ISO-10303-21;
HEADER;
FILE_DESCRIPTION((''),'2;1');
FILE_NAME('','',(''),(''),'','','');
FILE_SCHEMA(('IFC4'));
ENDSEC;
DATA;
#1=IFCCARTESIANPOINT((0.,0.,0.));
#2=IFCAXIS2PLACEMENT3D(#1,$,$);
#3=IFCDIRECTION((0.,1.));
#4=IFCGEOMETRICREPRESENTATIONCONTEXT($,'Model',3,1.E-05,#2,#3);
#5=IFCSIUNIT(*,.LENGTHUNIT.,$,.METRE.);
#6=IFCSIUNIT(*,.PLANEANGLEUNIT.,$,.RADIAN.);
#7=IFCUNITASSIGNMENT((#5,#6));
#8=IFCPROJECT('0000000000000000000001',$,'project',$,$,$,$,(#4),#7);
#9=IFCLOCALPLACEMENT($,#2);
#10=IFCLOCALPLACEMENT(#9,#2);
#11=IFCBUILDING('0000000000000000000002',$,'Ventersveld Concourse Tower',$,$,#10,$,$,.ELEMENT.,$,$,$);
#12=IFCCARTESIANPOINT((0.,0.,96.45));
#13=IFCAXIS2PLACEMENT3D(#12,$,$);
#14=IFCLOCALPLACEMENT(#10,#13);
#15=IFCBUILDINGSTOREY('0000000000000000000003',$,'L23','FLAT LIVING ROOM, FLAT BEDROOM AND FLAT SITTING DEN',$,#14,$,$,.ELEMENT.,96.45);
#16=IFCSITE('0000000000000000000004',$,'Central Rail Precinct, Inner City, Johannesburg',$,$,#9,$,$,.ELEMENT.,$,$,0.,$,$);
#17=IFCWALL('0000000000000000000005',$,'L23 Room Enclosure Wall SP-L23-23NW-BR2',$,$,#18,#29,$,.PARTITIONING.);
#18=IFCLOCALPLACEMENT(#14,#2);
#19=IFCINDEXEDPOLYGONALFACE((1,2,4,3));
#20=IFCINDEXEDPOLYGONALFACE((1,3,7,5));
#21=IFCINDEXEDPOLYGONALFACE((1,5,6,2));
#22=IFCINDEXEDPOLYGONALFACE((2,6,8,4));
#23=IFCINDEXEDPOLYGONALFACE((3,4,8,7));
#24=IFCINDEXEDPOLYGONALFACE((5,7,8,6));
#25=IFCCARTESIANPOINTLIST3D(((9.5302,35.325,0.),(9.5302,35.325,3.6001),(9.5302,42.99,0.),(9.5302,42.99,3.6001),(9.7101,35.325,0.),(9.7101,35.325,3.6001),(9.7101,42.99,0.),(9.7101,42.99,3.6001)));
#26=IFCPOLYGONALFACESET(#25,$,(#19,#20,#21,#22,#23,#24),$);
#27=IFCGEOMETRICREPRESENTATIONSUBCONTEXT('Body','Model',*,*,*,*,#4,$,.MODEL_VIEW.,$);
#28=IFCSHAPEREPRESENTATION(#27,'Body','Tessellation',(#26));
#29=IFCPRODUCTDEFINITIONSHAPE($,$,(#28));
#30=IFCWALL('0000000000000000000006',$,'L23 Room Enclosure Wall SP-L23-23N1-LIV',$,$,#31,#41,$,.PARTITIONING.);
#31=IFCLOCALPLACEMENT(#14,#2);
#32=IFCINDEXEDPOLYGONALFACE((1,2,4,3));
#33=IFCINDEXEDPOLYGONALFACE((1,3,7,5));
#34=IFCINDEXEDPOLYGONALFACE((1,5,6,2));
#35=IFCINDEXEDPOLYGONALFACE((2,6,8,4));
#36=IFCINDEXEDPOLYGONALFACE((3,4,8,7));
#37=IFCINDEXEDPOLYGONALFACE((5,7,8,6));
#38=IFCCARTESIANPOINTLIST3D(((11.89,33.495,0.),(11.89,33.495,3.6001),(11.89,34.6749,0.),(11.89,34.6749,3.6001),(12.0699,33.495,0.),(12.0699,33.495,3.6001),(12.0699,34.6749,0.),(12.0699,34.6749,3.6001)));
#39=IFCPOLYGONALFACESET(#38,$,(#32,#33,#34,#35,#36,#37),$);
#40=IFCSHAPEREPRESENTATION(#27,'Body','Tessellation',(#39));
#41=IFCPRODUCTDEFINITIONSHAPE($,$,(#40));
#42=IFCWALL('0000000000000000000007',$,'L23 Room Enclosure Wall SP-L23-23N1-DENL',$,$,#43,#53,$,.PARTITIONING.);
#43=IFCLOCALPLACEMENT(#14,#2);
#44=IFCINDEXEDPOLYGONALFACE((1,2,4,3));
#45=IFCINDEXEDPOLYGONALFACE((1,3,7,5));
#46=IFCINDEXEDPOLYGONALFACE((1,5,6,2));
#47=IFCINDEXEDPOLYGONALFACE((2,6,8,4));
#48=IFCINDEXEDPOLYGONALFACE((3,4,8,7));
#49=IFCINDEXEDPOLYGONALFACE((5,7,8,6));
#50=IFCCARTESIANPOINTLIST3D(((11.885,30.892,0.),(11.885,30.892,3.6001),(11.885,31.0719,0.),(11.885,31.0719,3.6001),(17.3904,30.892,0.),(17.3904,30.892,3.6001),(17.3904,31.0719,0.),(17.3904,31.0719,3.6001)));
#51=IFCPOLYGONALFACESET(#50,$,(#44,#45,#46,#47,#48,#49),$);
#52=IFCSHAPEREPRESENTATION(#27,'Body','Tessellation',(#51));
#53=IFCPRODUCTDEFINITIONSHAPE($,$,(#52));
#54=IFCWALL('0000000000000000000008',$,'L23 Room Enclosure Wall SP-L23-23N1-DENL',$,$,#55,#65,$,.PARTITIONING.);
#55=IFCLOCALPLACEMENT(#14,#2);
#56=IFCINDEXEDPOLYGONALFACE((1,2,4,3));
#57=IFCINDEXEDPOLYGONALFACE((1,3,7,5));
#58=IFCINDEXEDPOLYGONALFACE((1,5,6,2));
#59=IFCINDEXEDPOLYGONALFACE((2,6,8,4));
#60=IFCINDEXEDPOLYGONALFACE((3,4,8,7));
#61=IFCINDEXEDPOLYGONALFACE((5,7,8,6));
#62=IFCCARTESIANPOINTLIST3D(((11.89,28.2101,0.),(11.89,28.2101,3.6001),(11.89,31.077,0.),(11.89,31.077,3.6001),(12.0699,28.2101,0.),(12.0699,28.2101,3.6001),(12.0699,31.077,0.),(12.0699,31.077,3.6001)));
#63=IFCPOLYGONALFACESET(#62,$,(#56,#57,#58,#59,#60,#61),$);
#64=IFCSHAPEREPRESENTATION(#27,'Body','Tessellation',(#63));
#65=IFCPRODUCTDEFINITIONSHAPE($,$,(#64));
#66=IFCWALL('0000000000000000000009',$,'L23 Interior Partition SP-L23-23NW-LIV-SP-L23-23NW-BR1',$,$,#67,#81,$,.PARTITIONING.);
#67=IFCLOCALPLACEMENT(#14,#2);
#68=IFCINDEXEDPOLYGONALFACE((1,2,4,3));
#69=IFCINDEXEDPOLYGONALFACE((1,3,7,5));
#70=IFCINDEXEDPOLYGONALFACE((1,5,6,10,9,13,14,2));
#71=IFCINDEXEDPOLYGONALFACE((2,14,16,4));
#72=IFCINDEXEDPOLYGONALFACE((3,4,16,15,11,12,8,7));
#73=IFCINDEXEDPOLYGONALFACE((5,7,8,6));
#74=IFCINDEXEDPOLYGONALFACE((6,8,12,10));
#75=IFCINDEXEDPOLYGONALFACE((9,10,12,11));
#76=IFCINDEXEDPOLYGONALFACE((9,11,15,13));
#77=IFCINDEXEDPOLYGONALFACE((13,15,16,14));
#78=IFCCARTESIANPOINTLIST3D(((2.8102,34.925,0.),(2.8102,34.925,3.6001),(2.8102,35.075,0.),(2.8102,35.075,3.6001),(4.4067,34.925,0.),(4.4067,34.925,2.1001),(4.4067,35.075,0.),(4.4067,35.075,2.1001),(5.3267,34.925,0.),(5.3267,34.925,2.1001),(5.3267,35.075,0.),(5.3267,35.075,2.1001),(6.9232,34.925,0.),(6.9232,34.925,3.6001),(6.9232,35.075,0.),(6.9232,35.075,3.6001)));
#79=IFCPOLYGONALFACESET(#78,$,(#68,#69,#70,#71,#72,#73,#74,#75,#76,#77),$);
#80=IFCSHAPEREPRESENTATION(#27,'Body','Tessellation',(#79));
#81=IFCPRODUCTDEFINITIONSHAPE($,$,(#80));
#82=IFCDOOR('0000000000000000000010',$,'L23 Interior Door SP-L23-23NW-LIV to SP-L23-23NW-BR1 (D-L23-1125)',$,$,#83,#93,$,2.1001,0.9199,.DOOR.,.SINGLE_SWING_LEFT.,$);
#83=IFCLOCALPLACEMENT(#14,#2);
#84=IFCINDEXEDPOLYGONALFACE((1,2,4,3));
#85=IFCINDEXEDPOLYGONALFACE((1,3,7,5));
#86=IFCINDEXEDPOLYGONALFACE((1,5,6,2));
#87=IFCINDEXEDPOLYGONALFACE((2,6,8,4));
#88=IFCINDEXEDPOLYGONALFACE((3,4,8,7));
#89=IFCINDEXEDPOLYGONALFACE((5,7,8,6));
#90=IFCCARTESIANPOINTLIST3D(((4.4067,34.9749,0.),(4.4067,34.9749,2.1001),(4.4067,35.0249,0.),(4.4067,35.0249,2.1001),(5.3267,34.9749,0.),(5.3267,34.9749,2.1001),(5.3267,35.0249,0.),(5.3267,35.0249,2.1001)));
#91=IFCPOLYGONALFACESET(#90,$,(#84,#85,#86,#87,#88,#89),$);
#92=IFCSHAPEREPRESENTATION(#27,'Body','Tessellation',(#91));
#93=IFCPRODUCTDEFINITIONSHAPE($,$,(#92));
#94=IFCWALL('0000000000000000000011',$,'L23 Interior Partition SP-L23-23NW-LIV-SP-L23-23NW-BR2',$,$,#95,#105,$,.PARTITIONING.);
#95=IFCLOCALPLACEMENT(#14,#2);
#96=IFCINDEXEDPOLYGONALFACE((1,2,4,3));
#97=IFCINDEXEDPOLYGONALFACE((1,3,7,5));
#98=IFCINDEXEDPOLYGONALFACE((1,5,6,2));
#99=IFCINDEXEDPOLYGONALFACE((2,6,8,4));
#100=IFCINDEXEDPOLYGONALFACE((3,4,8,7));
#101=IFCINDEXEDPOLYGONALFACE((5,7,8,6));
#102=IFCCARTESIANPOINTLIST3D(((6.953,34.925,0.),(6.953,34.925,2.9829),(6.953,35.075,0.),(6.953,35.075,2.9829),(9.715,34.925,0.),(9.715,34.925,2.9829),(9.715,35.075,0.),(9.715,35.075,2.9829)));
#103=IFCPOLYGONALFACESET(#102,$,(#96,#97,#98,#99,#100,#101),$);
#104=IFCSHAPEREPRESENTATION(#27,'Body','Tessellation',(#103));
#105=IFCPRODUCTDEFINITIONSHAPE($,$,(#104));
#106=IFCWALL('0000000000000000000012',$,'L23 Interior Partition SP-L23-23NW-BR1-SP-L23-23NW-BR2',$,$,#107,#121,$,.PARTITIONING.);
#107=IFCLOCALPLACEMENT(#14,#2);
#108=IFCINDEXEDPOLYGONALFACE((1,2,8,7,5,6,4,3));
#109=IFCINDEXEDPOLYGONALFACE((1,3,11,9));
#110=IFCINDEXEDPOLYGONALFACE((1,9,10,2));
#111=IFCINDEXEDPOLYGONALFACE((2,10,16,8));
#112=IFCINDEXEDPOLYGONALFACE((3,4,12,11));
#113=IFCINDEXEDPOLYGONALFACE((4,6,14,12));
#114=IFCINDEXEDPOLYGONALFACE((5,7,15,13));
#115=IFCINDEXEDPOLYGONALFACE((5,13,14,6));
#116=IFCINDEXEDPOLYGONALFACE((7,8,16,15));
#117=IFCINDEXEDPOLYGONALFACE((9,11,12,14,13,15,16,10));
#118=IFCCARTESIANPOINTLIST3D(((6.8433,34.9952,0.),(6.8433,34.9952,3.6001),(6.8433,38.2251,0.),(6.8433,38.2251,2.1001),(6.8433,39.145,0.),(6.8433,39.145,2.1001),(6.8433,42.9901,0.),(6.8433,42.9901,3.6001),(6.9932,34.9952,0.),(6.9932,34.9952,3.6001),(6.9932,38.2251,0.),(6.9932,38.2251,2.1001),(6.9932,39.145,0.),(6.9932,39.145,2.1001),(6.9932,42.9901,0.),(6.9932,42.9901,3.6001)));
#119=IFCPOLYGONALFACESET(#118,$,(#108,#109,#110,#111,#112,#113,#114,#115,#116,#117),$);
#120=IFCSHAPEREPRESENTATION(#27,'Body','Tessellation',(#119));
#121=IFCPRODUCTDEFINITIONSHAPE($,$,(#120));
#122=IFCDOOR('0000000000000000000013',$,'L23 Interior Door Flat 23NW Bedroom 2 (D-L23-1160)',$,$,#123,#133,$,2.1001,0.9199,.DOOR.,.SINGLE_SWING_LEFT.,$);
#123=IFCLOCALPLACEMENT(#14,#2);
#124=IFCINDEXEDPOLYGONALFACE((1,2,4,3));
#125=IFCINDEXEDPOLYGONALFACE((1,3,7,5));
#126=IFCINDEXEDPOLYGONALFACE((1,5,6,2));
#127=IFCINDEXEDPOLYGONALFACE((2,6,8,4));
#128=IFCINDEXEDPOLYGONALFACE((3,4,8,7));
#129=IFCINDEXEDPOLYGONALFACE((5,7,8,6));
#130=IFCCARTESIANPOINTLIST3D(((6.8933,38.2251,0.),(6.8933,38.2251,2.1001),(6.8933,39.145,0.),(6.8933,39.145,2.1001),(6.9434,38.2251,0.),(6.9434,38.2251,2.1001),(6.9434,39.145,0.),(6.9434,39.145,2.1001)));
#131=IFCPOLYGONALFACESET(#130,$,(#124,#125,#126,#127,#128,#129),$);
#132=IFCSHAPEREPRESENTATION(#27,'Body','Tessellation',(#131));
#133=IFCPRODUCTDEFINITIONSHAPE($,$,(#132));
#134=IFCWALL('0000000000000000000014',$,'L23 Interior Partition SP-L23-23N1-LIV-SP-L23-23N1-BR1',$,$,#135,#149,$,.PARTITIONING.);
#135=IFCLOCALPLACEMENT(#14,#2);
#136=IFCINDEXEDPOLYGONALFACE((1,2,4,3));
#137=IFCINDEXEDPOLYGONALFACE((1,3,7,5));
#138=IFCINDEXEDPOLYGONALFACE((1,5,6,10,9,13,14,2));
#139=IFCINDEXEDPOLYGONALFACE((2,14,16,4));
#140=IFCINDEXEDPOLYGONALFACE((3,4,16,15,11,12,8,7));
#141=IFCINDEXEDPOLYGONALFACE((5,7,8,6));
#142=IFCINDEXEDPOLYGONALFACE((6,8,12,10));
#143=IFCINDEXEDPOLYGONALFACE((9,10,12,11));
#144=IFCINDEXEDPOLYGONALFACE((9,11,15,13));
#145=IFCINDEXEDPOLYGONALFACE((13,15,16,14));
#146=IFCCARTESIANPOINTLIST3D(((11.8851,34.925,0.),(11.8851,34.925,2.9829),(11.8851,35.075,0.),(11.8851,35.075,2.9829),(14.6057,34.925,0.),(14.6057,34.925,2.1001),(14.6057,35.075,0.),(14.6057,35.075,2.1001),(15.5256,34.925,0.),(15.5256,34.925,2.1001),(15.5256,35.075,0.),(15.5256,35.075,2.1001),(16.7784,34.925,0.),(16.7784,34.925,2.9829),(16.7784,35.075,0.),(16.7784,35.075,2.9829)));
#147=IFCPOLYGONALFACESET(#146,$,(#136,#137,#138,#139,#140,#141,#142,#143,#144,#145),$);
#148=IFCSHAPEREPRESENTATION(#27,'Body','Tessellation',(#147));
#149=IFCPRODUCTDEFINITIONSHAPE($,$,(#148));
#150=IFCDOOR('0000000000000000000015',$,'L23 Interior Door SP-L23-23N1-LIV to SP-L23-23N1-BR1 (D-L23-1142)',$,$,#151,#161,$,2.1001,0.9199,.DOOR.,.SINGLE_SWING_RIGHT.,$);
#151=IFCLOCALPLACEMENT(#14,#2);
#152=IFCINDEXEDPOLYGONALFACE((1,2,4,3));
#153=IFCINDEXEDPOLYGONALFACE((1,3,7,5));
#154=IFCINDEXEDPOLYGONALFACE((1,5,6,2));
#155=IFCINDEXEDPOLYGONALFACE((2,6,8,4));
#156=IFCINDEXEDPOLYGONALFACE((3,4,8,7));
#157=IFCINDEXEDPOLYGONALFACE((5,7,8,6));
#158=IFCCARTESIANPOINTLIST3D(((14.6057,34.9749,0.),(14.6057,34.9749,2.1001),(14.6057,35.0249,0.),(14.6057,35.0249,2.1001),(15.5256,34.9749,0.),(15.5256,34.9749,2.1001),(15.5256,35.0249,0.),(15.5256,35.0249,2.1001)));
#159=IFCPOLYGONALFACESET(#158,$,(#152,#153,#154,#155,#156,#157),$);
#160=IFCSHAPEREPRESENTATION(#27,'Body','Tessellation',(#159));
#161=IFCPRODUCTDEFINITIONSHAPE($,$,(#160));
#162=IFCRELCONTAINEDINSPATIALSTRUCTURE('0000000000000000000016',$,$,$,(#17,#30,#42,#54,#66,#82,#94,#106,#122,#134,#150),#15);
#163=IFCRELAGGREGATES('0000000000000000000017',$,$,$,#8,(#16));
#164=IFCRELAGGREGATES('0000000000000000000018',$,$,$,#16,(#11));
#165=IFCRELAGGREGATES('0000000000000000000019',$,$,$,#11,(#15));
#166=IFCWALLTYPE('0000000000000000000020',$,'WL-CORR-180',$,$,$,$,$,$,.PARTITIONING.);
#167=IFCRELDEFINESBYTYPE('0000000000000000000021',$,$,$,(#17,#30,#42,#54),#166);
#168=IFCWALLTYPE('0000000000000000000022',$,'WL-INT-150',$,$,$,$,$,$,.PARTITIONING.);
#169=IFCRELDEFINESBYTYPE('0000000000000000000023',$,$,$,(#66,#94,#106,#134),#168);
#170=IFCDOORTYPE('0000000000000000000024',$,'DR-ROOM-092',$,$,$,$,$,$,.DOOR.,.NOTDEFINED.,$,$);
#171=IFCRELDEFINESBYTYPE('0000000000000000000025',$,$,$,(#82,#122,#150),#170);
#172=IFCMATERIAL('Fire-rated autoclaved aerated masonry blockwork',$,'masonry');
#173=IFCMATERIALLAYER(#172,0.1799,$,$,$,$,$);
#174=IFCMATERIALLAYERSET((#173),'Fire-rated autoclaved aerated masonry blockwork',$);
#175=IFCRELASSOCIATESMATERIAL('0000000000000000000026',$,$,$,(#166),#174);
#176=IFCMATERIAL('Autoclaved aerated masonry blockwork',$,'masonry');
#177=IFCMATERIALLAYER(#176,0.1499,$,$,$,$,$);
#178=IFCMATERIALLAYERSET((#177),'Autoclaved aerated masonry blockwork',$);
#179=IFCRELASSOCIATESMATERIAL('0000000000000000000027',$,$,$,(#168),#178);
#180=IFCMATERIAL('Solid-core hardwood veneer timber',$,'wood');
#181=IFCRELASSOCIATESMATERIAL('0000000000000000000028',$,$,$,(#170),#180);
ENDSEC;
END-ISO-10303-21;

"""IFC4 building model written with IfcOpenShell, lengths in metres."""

from ifc_helpers import new_model, si_unit, direction, frame, frame_2d, origin, place, context, subcontext, project, spatial, rectangle, extrude, material, layer, layer_set, type_object, element, fill, save


model = new_model("IFC4")

# Units and contexts
model_context = context("Model", 3, precision=1e-05, world=origin(), true_north=direction((0.0, 1.0)))
body_context = subcontext(model_context, "Body", "Model", "MODEL_VIEW")
ifc_project = project(units=[si_unit("LENGTHUNIT", "METRE"), si_unit("PLANEANGLEUNIT", "RADIAN")], contexts=[model_context])

# Site, building, storey
site_placement = place(None, origin())
site = spatial("IfcSite", under=ifc_project, at=site_placement, Name="Central Rail Precinct, Inner City, Johannesburg", CompositionType="ELEMENT", RefElevation=0.0)
building_placement = place(site_placement, origin())
building = spatial("IfcBuilding", under=site, at=building_placement, Name="Ventersveld Concourse Tower", CompositionType="ELEMENT")
storey_placement = place(building_placement, frame((0.0, 0.0, 96.45)))
storey = spatial("IfcBuildingStorey", under=building, at=storey_placement, Name="L23", Description="FLAT LIVING ROOM, FLAT BEDROOM AND FLAT SITTING DEN", CompositionType="ELEMENT", Elevation=96.45)

# Walls
ifc_material_1 = material(Name="Fire-rated autoclaved aerated masonry blockwork", Category="masonry")
ifc_layer_1 = layer(ifc_material_1, 0.1799)
ifc_layer_set_1 = layer_set([ifc_layer_1], Name="Fire-rated autoclaved aerated masonry blockwork")
wall_type_1 = type_object("IfcWallType", Name="WL-CORR-180", PredefinedType="PARTITIONING", material=ifc_layer_set_1)
wall_1_placement = place(storey_placement, frame((9.6201, 42.99, 0.0), z_axis=(0.0, 0.0, 1.0), x_axis=(0.0, -1.0, 0.0)))
element("IfcWall", 1, at=wall_1_placement, inside=storey, type_object=wall_type_1, Name="L23 Room Enclosure Wall SP-L23-23NW-BR2", PredefinedType="PARTITIONING", context=body_context, shape_type="SweptSolid", body=[
    extrude(rectangle(XDim=7.665, YDim=0.1799, at=frame_2d((3.8325, 0.0))), origin(), (0.0, 0.0, 1.0), 3.6001),
])
wall_2_placement = place(storey_placement, frame((11.98, 33.4951, 0.0), z_axis=(0.0, 0.0, 1.0), x_axis=(0.0, 1.0, 0.0)))
element("IfcWall", 2, at=wall_2_placement, inside=storey, type_object=wall_type_1, Name="L23 Room Enclosure Wall SP-L23-23N1-LIV", PredefinedType="PARTITIONING", context=body_context, shape_type="SweptSolid", body=[
    extrude(rectangle(XDim=1.1799, YDim=0.1799, at=frame_2d((0.5898, 0.0))), origin(), (0.0, 0.0, 1.0), 3.6001),
])
wall_3_placement = place(storey_placement, frame((11.885, 30.9819, 0.0), z_axis=(0.0, 0.0, 1.0), x_axis=(1.0, 0.0, 0.0)))
element("IfcWall", 3, at=wall_3_placement, inside=storey, type_object=wall_type_1, Name="L23 Room Enclosure Wall SP-L23-23N1-DENL", PredefinedType="PARTITIONING", context=body_context, shape_type="SweptSolid", body=[
    extrude(rectangle(XDim=5.5054, YDim=0.1799, at=frame_2d((2.7527, 0.0))), origin(), (0.0, 0.0, 1.0), 3.6001),
])
wall_4_placement = place(storey_placement, frame((11.98, 28.21, 0.0), z_axis=(0.0, 0.0, 1.0), x_axis=(0.0, 1.0, 0.0)))
element("IfcWall", 4, at=wall_4_placement, inside=storey, type_object=wall_type_1, Name="L23 Room Enclosure Wall SP-L23-23N1-DENL", PredefinedType="PARTITIONING", context=body_context, shape_type="SweptSolid", body=[
    extrude(rectangle(XDim=2.8669, YDim=0.1799, at=frame_2d((1.4336, 0.0))), origin(), (0.0, 0.0, 1.0), 3.6001),
])

# Wall, opening, door
ifc_material_2 = material(Name="Autoclaved aerated masonry blockwork", Category="masonry")
ifc_layer_2 = layer(ifc_material_2, 0.1499)
ifc_layer_set_2 = layer_set([ifc_layer_2], Name="Autoclaved aerated masonry blockwork")
wall_type_2 = type_object("IfcWallType", Name="WL-INT-150", PredefinedType="PARTITIONING", material=ifc_layer_set_2)
wall_5_placement = place(storey_placement, frame((2.8101, 35.0, 0.0), z_axis=(0.0, 0.0, 1.0), x_axis=(1.0, 0.0, 0.0)))
wall_5 = element("IfcWall", 5, at=wall_5_placement, inside=storey, type_object=wall_type_2, Name="L23 Interior Partition SP-L23-23NW-LIV-SP-L23-23NW-BR1", PredefinedType="PARTITIONING", context=body_context, shape_type="SweptSolid", body=[
    extrude(rectangle(XDim=4.113, YDim=0.1499, at=frame_2d((2.0566, 0.0))), origin(), (0.0, 0.0, 1.0), 3.6001),
])
opening_1_placement = place(wall_5_placement, frame((1.5967, 0.0, 0.0)))
opening_1 = element("IfcOpeningElement", 6, at=opening_1_placement, cuts=wall_5, PredefinedType="OPENING", context=body_context, shape_type="SweptSolid", body=[
    extrude(rectangle(XDim=0.9199, YDim=2.1001, at=frame_2d((0.46, 1.05))), frame((0.0, 0.085, 0.0), z_axis=(0.0, -1.0, 0.0), x_axis=(1.0, 0.0, 0.0)), (0.0, 0.0, 1.0), 0.1699),
])
ifc_material_3 = material(Name="Solid-core hardwood veneer timber", Category="wood")
door_type_1 = type_object("IfcDoorType", Name="DR-ROOM-092", OperationType="NOTDEFINED", PredefinedType="DOOR", material=ifc_material_3)
door_1_placement = place(opening_1_placement, origin())
door_1 = element("IfcDoor", 7, at=door_1_placement, inside=storey, type_object=door_type_1, Name="L23 Interior Door SP-L23-23NW-LIV to SP-L23-23NW-BR1 (D-L23-1125)", OperationType="SINGLE_SWING_LEFT", OverallHeight=2.1001, OverallWidth=0.9199, PredefinedType="DOOR", context=body_context, shape_type="SweptSolid", body=[
    extrude(rectangle(XDim=0.9199, YDim=2.1001, at=frame_2d((0.46, 1.05))), frame((0.0, 0.0249, 0.0), z_axis=(0.0, -1.0, 0.0), x_axis=(1.0, 0.0, 0.0)), (0.0, 0.0, 1.0), 0.05),
])
fill(opening_1, door_1)

# Wall
wall_6_placement = place(storey_placement, frame((6.9531, 35.0, 0.0), z_axis=(0.0, 0.0, 1.0), x_axis=(1.0, 0.0, 0.0)))
element("IfcWall", 8, at=wall_6_placement, inside=storey, type_object=wall_type_2, Name="L23 Interior Partition SP-L23-23NW-LIV-SP-L23-23NW-BR2", PredefinedType="PARTITIONING", context=body_context, shape_type="SweptSolid", body=[
    extrude(rectangle(XDim=2.762, YDim=0.1499, at=frame_2d((1.3809, 0.0))), origin(), (0.0, 0.0, 1.0), 2.9829),
])

# Walls, openings, doors
wall_7_placement = place(storey_placement, frame((6.9182, 34.9951, 0.0), z_axis=(0.0, 0.0, 1.0), x_axis=(0.0, 1.0, 0.0)))
wall_7 = element("IfcWall", 9, at=wall_7_placement, inside=storey, type_object=wall_type_2, Name="L23 Interior Partition SP-L23-23NW-BR1-SP-L23-23NW-BR2", PredefinedType="PARTITIONING", context=body_context, shape_type="SweptSolid", body=[
    extrude(rectangle(XDim=7.9949, YDim=0.1499, at=frame_2d((3.9976, 0.0))), origin(), (0.0, 0.0, 1.0), 3.6001),
])
opening_2_placement = place(wall_7_placement, frame((3.23, 0.0, 0.0)))
opening_2 = element("IfcOpeningElement", 10, at=opening_2_placement, cuts=wall_7, PredefinedType="OPENING", context=body_context, shape_type="SweptSolid", body=[
    extrude(rectangle(XDim=0.9199, YDim=2.1001, at=frame_2d((0.46, 1.05))), frame((0.0, 0.085, 0.0), z_axis=(0.0, -1.0, 0.0), x_axis=(1.0, 0.0, 0.0)), (0.0, 0.0, 1.0), 0.1699),
])
door_2_placement = place(opening_2_placement, origin())
door_2 = element("IfcDoor", 11, at=door_2_placement, inside=storey, type_object=door_type_1, Name="L23 Interior Door Flat 23NW Bedroom 2 (D-L23-1160)", OperationType="SINGLE_SWING_LEFT", OverallHeight=2.1001, OverallWidth=0.9199, PredefinedType="DOOR", context=body_context, shape_type="SweptSolid", body=[
    extrude(rectangle(XDim=0.9199, YDim=2.1001, at=frame_2d((0.46, 1.05))), frame((0.0, 0.0249, 0.0), z_axis=(0.0, -1.0, 0.0), x_axis=(1.0, 0.0, 0.0)), (0.0, 0.0, 1.0), 0.05),
])
fill(opening_2, door_2)
wall_8_placement = place(storey_placement, frame((11.885, 35.0, 0.0), z_axis=(0.0, 0.0, 1.0), x_axis=(1.0, 0.0, 0.0)))
wall_8 = element("IfcWall", 12, at=wall_8_placement, inside=storey, type_object=wall_type_2, Name="L23 Interior Partition SP-L23-23N1-LIV-SP-L23-23N1-BR1", PredefinedType="PARTITIONING", context=body_context, shape_type="SweptSolid", body=[
    extrude(rectangle(XDim=4.8933, YDim=0.1499, at=frame_2d((2.4468, 0.0))), origin(), (0.0, 0.0, 1.0), 2.9829),
])
opening_3_placement = place(wall_8_placement, frame((2.7207, 0.0, 0.0)))
opening_3 = element("IfcOpeningElement", 13, at=opening_3_placement, cuts=wall_8, PredefinedType="OPENING", context=body_context, shape_type="SweptSolid", body=[
    extrude(rectangle(XDim=0.9199, YDim=2.1001, at=frame_2d((0.46, 1.05))), frame((0.0, 0.085, 0.0), z_axis=(0.0, -1.0, 0.0), x_axis=(1.0, 0.0, 0.0)), (0.0, 0.0, 1.0), 0.1699),
])
door_3_placement = place(opening_3_placement, origin())
door_3 = element("IfcDoor", 14, at=door_3_placement, inside=storey, type_object=door_type_1, Name="L23 Interior Door SP-L23-23N1-LIV to SP-L23-23N1-BR1 (D-L23-1142)", OperationType="SINGLE_SWING_RIGHT", OverallHeight=2.1001, OverallWidth=0.9199, PredefinedType="DOOR", context=body_context, shape_type="SweptSolid", body=[
    extrude(rectangle(XDim=0.9199, YDim=2.1001, at=frame_2d((0.46, 1.05))), frame((0.0, 0.0249, 0.0), z_axis=(0.0, -1.0, 0.0), x_axis=(1.0, 0.0, 0.0)), (0.0, 0.0, 1.0), 0.05),
])
fill(opening_3, door_3)

save(model, "model.ifc")
